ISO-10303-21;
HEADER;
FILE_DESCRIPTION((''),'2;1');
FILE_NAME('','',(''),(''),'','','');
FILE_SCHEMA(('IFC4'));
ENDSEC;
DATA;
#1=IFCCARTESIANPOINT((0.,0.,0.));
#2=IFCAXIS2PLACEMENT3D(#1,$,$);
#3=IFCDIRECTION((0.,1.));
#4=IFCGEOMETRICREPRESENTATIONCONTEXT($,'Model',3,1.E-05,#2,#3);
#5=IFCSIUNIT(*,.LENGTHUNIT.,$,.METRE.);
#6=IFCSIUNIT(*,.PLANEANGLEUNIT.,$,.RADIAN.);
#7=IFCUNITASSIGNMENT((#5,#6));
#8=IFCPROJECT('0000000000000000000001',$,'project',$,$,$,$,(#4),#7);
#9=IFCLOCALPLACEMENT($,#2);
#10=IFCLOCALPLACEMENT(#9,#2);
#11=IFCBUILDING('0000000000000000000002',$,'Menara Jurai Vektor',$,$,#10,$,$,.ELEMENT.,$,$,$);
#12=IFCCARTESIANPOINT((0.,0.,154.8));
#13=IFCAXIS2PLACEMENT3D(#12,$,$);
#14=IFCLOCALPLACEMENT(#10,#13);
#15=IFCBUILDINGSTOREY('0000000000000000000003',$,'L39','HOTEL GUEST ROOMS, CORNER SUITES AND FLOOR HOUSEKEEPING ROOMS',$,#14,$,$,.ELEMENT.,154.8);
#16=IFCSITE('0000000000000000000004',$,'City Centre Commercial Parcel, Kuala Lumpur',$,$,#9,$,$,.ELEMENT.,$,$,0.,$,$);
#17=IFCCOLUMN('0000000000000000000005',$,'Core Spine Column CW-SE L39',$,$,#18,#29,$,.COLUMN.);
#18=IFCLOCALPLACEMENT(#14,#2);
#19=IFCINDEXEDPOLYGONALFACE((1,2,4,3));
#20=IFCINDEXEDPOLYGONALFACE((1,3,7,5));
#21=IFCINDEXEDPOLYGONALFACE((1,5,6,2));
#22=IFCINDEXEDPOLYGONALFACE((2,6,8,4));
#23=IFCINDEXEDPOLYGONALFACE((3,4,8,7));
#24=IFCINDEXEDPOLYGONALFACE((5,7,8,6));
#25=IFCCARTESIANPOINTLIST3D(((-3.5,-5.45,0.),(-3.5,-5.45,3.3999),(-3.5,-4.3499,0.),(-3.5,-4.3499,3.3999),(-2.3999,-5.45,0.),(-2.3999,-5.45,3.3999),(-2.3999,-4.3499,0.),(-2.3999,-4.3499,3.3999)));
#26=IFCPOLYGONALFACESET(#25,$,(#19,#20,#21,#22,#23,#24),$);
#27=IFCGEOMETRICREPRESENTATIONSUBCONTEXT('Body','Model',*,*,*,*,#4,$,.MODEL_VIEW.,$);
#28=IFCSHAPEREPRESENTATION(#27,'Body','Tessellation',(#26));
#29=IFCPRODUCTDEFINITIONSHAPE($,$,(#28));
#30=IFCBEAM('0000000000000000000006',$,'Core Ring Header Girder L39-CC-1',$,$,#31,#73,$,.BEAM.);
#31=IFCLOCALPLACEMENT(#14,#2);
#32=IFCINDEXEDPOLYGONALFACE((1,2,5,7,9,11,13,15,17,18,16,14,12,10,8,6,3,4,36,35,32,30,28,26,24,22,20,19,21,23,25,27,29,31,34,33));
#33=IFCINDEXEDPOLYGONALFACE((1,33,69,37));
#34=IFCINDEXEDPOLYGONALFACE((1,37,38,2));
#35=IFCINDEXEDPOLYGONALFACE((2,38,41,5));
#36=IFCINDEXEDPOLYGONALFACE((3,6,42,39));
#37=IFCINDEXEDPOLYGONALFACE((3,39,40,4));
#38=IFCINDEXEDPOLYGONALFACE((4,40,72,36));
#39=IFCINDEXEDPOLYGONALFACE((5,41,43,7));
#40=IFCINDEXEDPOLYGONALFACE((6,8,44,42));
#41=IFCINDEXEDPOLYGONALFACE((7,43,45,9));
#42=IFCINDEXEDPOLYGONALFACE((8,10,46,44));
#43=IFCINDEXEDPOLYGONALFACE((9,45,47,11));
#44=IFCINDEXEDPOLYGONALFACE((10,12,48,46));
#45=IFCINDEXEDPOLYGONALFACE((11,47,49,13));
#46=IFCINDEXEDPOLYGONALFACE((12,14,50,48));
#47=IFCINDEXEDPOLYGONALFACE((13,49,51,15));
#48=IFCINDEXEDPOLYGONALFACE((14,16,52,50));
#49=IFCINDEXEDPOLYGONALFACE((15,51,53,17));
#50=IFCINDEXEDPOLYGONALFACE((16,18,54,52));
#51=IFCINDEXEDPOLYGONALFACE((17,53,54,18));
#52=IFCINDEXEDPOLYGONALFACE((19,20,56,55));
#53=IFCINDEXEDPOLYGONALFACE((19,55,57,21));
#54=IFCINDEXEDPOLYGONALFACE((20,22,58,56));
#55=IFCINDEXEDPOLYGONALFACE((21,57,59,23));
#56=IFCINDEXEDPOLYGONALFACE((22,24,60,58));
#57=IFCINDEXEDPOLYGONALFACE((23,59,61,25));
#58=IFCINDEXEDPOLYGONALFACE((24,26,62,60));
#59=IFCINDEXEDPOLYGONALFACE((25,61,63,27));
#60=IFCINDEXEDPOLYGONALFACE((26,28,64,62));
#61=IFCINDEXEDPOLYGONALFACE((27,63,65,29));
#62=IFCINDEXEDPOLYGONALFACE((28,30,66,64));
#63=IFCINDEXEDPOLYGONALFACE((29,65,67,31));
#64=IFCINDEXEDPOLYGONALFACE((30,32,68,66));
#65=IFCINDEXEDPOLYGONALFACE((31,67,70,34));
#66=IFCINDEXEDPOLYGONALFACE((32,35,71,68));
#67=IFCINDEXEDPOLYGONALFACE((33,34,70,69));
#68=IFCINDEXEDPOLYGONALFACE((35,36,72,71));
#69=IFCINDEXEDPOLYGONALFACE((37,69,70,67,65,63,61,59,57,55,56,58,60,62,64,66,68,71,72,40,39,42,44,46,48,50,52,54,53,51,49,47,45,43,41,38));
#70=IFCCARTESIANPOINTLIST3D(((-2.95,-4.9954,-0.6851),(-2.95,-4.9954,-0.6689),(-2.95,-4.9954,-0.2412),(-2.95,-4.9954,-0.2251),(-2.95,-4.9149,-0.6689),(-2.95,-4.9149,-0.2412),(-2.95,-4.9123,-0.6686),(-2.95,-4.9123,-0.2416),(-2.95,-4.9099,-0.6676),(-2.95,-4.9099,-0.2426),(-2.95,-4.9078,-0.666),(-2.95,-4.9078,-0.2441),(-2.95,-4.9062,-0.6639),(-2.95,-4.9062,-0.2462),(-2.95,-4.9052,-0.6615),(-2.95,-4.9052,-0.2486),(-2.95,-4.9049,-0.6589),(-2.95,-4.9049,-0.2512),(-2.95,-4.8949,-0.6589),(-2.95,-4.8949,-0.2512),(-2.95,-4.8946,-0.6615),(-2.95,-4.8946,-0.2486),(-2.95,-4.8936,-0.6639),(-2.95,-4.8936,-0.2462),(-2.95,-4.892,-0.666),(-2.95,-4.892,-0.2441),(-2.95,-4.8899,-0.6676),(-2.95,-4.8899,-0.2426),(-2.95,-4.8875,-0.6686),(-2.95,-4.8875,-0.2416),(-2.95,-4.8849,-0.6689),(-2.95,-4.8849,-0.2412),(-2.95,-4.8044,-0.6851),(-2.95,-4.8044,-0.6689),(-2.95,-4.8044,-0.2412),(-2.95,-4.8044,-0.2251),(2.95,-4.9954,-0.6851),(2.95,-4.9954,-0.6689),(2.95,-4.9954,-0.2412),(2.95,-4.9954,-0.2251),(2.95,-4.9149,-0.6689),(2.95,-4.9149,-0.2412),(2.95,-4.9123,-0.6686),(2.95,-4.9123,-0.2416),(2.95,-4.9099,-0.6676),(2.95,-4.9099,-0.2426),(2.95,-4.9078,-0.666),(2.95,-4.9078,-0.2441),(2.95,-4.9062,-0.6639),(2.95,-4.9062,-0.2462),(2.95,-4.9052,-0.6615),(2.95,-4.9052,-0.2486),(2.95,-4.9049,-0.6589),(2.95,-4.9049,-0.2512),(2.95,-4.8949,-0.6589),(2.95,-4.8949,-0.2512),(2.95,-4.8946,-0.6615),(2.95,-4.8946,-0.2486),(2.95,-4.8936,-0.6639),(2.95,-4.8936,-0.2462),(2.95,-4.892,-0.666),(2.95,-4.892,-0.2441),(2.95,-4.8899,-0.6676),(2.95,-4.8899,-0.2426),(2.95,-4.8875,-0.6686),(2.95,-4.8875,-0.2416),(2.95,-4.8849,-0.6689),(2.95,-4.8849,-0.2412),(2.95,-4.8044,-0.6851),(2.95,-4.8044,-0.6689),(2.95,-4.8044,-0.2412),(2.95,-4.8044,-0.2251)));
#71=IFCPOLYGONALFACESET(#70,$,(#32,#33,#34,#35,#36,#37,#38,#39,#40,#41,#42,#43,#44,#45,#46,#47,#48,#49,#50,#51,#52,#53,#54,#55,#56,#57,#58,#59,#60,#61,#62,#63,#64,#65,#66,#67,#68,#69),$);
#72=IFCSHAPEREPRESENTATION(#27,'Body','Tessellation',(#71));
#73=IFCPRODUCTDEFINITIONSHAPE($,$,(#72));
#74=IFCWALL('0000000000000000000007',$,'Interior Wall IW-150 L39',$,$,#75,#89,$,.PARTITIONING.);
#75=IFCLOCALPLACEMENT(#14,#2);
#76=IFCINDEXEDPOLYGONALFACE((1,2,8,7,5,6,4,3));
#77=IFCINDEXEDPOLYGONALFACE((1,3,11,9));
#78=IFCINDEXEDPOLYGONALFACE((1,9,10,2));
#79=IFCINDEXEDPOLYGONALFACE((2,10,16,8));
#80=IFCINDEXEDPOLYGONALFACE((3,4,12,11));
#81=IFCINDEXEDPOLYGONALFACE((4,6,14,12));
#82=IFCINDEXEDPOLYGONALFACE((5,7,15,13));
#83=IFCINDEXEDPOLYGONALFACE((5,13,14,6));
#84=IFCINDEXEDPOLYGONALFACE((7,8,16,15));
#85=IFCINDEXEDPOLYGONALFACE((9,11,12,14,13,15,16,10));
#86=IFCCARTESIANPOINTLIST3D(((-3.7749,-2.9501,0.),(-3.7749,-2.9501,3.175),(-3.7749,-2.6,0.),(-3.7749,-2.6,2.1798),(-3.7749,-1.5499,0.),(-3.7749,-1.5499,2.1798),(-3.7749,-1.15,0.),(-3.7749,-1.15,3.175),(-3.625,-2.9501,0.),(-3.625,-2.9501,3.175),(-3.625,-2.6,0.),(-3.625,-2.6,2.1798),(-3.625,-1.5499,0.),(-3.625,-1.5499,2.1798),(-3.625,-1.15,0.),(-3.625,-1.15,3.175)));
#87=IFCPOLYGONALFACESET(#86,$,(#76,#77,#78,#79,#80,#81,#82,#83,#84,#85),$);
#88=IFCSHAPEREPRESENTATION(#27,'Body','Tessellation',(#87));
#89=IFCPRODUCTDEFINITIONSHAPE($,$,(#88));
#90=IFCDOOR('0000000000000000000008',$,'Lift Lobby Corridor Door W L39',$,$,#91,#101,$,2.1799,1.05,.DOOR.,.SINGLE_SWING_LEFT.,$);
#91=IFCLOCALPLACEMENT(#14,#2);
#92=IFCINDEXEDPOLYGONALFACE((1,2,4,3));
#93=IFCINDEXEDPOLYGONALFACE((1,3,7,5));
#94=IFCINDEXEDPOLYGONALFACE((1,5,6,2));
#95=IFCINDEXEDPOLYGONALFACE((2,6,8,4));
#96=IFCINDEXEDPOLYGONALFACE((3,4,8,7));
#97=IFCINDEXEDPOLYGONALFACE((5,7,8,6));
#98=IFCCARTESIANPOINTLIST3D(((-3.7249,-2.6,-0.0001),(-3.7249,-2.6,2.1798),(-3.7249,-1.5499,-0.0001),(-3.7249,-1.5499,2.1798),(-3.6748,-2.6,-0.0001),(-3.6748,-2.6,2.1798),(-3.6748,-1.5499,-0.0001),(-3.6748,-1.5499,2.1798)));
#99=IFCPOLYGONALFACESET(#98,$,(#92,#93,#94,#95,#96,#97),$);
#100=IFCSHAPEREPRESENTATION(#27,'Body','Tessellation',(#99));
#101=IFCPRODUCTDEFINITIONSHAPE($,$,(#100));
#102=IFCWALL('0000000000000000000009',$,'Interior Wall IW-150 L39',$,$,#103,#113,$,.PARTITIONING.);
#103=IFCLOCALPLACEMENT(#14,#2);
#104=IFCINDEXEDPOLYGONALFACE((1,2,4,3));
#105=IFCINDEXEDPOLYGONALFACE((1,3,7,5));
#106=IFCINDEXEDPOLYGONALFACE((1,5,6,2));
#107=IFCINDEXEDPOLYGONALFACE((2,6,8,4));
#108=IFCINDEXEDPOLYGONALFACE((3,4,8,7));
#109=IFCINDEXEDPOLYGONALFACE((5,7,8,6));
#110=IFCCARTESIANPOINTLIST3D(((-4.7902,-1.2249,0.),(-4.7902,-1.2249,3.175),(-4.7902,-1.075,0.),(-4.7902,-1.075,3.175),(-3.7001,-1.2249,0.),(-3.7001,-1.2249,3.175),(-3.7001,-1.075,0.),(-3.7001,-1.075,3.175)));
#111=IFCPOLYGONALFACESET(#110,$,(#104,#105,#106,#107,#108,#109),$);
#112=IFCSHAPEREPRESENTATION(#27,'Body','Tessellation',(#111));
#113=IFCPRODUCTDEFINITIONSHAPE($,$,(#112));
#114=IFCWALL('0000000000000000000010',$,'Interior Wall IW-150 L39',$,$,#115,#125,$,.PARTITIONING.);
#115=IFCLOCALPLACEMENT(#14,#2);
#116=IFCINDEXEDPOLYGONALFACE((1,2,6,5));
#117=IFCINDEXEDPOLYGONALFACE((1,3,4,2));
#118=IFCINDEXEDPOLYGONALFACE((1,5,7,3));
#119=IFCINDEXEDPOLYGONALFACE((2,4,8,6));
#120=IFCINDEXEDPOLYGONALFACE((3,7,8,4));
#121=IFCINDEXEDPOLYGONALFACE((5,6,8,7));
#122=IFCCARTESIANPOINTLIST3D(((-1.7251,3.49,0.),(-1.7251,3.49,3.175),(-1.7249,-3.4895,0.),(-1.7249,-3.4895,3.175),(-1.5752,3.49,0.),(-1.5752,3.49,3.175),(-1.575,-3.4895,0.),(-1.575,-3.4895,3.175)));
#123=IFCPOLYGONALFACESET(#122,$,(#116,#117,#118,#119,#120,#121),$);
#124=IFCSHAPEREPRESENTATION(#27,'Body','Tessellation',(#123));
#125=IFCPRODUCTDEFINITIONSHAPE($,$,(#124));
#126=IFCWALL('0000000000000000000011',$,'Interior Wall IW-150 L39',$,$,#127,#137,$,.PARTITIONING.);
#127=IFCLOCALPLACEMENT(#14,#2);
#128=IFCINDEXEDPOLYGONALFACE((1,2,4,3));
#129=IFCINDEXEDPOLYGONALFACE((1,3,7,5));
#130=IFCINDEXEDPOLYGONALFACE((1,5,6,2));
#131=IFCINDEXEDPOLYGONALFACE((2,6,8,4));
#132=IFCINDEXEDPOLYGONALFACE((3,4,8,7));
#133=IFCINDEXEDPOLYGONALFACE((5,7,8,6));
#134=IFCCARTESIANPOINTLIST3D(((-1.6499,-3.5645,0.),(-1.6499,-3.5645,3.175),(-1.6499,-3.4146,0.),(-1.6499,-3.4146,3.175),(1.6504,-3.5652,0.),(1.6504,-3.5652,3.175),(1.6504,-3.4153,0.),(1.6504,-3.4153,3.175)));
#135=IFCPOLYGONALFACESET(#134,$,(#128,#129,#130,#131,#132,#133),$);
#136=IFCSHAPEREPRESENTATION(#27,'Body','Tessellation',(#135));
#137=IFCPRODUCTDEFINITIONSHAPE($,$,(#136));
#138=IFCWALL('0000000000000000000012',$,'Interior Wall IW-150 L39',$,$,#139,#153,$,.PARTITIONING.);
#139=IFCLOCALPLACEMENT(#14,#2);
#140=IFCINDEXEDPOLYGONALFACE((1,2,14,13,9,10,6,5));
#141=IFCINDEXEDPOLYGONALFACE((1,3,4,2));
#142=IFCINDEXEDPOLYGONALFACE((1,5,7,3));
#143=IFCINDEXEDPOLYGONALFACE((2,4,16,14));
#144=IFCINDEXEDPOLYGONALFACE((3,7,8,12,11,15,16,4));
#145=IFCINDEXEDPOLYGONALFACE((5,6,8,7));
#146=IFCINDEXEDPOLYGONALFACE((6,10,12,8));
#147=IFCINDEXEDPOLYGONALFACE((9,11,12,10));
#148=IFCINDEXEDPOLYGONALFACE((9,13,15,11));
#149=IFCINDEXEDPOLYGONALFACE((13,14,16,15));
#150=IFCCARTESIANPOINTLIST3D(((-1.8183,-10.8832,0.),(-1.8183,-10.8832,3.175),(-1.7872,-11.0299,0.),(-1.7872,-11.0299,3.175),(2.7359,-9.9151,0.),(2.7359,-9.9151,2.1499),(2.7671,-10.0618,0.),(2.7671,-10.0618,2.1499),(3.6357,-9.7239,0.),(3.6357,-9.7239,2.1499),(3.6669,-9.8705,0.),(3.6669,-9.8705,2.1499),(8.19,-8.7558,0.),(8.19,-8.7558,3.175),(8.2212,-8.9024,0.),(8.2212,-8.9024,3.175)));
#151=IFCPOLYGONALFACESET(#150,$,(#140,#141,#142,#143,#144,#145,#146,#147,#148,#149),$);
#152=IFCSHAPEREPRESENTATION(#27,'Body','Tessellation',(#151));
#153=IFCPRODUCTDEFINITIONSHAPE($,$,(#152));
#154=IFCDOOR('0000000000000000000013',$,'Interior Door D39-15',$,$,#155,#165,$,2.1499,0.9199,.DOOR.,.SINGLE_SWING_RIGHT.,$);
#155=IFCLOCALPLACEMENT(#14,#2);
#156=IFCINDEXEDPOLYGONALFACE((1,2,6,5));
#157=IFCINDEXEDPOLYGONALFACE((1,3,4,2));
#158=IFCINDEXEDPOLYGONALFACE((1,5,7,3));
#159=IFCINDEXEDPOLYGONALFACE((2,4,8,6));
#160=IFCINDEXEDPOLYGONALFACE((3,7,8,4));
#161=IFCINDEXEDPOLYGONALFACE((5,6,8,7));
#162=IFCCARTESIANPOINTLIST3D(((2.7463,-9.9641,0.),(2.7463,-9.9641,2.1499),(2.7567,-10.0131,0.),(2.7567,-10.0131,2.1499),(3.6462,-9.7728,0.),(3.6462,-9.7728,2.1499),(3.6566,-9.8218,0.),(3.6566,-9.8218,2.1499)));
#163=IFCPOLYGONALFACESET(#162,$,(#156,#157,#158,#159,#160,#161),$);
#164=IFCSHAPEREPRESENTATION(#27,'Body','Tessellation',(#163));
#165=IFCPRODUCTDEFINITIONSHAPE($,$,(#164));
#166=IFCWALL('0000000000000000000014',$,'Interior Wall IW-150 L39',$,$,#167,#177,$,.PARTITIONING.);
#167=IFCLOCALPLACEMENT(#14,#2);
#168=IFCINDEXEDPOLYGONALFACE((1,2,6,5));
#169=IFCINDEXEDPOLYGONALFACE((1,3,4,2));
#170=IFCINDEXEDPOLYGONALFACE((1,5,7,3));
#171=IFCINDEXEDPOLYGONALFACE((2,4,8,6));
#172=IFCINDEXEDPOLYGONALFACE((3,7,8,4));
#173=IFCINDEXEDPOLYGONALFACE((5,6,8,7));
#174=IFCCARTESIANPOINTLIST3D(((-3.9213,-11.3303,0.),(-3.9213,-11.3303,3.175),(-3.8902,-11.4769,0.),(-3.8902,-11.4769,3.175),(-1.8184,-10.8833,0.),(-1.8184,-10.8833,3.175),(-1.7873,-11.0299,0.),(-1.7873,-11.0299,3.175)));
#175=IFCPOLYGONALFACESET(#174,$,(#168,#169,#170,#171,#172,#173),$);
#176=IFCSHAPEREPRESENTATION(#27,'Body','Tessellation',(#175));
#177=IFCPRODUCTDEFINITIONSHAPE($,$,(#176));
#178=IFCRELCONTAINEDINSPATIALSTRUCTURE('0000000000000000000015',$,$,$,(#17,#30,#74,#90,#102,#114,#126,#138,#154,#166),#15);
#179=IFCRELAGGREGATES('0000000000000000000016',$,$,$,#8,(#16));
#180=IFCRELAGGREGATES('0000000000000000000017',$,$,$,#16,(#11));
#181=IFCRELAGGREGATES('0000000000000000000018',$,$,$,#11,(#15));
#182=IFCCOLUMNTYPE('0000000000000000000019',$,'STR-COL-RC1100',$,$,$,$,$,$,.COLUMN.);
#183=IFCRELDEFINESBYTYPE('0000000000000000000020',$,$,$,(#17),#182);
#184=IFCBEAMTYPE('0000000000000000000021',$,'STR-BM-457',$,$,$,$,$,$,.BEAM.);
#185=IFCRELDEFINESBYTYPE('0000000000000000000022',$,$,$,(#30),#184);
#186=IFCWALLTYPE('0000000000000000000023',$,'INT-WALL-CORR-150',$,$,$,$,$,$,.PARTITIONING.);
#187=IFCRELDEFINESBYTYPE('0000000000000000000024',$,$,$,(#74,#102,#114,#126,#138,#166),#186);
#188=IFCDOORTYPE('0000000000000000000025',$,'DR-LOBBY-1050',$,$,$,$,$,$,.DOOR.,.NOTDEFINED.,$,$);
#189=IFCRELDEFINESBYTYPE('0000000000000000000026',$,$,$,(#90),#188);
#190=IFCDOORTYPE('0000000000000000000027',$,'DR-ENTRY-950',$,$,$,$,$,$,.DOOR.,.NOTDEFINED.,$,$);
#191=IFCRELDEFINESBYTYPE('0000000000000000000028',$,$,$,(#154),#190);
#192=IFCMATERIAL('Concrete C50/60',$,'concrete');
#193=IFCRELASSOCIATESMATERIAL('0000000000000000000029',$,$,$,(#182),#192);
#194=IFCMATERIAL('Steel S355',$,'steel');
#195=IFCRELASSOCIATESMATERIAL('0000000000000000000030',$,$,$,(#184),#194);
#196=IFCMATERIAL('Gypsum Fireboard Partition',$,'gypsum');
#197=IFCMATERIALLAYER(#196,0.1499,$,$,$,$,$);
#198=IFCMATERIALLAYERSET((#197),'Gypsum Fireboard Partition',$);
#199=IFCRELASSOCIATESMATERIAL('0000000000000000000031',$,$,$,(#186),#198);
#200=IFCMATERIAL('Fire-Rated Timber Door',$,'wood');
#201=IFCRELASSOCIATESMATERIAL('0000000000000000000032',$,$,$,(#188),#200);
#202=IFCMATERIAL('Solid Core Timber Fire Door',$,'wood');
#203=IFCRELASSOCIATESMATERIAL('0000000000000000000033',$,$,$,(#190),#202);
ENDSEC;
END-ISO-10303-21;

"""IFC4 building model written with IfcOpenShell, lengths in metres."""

from ifc_helpers import new_model, si_unit, direction, frame, frame_2d, origin, origin_2d, place, context, subcontext, project, spatial, rectangle, i_section, extrude, material, layer, layer_set, material_profile, profile_set, type_object, element, fill, save


model = new_model("IFC4")

# Units and contexts
model_context = context("Model", 3, precision=1e-05, world=origin(), true_north=direction((0.0, 1.0)))
body_context = subcontext(model_context, "Body", "Model", "MODEL_VIEW")
ifc_project = project(units=[si_unit("LENGTHUNIT", "METRE"), si_unit("PLANEANGLEUNIT", "RADIAN")], contexts=[model_context])

# Site, building, storey
site_placement = place(None, origin())
site = spatial("IfcSite", under=ifc_project, at=site_placement, Name="City Centre Commercial Parcel, Kuala Lumpur", CompositionType="ELEMENT", RefElevation=0.0)
building_placement = place(site_placement, origin())
building = spatial("IfcBuilding", under=site, at=building_placement, Name="Menara Jurai Vektor", CompositionType="ELEMENT")
storey_placement = place(building_placement, frame((0.0, 0.0, 154.8)))
storey = spatial("IfcBuildingStorey", under=building, at=storey_placement, Name="L39", Description="HOTEL GUEST ROOMS, CORNER SUITES AND FLOOR HOUSEKEEPING ROOMS", CompositionType="ELEMENT", Elevation=154.8)

# Column
ifc_material_1 = material(Name="Concrete C50/60", Category="concrete")
ifc_material_profile_1 = material_profile(ifc_material_1, rectangle(XDim=1.1001, YDim=1.1001, at=origin_2d()), Name="RC 1100x1100")
ifc_profile_set_1 = profile_set([ifc_material_profile_1], Name="Concrete C50/60")
column_type = type_object("IfcColumnType", Name="STR-COL-RC1100", PredefinedType="COLUMN", material=ifc_profile_set_1)
column_placement = place(storey_placement, frame((-2.95, -4.8999, 0.0), z_axis=(0.0, 0.0, 1.0), x_axis=(1.0, 0.0, 0.0)))
element("IfcColumn", 1, at=column_placement, inside=storey, type_object=column_type, Name="Core Spine Column CW-SE L39", PredefinedType="COLUMN", context=body_context, shape_type="SweptSolid", body=[
    extrude(rectangle(XDim=1.1001, YDim=1.1001, at=origin_2d()), origin(), (0.0, 0.0, 1.0), 3.3999),
])

# Beam
ifc_material_2 = material(Name="Steel S355", Category="steel")
ifc_material_profile_2 = material_profile(ifc_material_2, i_section(OverallWidth=0.1909, OverallDepth=0.46, WebThickness=0.01, FlangeThickness=0.0161, FilletRadius=0.01, at=origin_2d()), Name="UKB 457x191x82")
ifc_profile_set_2 = profile_set([ifc_material_profile_2], Name="Steel S355")
beam_type = type_object("IfcBeamType", Name="STR-BM-457", PredefinedType="BEAM", material=ifc_profile_set_2)
beam_placement = place(storey_placement, frame((-2.95, -4.8999, -0.4551), z_axis=(1.0, 0.0, 0.0), x_axis=(0.0, 1.0, 0.0)))
element("IfcBeam", 2, at=beam_placement, inside=storey, type_object=beam_type, Name="Core Ring Header Girder L39-CC-1", PredefinedType="BEAM", context=body_context, shape_type="SweptSolid", body=[
    extrude(i_section(OverallWidth=0.1909, OverallDepth=0.46, WebThickness=0.01, FlangeThickness=0.0161, FilletRadius=0.01, at=origin_2d()), origin(), (0.0, 0.0, 1.0), 5.8999),
])

# Wall, opening, door
ifc_material_3 = material(Name="Gypsum Fireboard Partition", Category="gypsum")
ifc_layer_1 = layer(ifc_material_3, 0.1499)
ifc_layer_set_1 = layer_set([ifc_layer_1], Name="Gypsum Fireboard Partition")
wall_type_1 = type_object("IfcWallType", Name="INT-WALL-CORR-150", PredefinedType="PARTITIONING", material=ifc_layer_set_1)
wall_1_placement = place(storey_placement, frame((-3.7, -2.95, 0.0), z_axis=(0.0, 0.0, 1.0), x_axis=(0.0, 1.0, 0.0)))
wall_1 = element("IfcWall", 3, at=wall_1_placement, inside=storey, type_object=wall_type_1, Name="Interior Wall IW-150 L39", PredefinedType="PARTITIONING", context=body_context, shape_type="SweptSolid", body=[
    extrude(rectangle(XDim=1.8, YDim=0.1499, at=frame_2d((0.8999, 0.0))), origin(), (0.0, 0.0, 1.0), 3.175),
])
opening_1_placement = place(wall_1_placement, frame((0.3501, 0.0, 0.0)))
opening_1 = element("IfcOpeningElement", 4, at=opening_1_placement, cuts=wall_1, PredefinedType="OPENING", context=body_context, shape_type="SweptSolid", body=[
    extrude(rectangle(XDim=1.05, YDim=2.1799, at=frame_2d((0.5249, 1.0898))), frame((0.0, 0.085, 0.0), z_axis=(0.0, -1.0, 0.0), x_axis=(1.0, 0.0, 0.0)), (0.0, 0.0, 1.0), 0.1699),
])
ifc_material_4 = material(Name="Fire-Rated Timber Door", Category="wood")
door_type_1 = type_object("IfcDoorType", Name="DR-LOBBY-1050", OperationType="NOTDEFINED", PredefinedType="DOOR", material=ifc_material_4)
door_1_placement = place(opening_1_placement, origin())
door_1 = element("IfcDoor", 5, at=door_1_placement, inside=storey, type_object=door_type_1, Name="Lift Lobby Corridor Door W L39", OperationType="SINGLE_SWING_LEFT", OverallHeight=2.1799, OverallWidth=1.05, PredefinedType="DOOR", context=body_context, shape_type="SweptSolid", body=[
    extrude(rectangle(XDim=1.05, YDim=2.1799, at=frame_2d((0.5249, 1.0898))), frame((0.0, 0.0249, 0.0), z_axis=(0.0, -1.0, 0.0), x_axis=(1.0, 0.0, 0.0)), (0.0, 0.0, 1.0), 0.05),
])
fill(opening_1, door_1)

# Walls
wall_2_placement = place(storey_placement, frame((-4.79, -1.1499, 0.0), z_axis=(0.0, 0.0, 1.0), x_axis=(1.0, 0.0, 0.0)))
element("IfcWall", 6, at=wall_2_placement, inside=storey, type_object=wall_type_1, Name="Interior Wall IW-150 L39", PredefinedType="PARTITIONING", context=body_context, shape_type="SweptSolid", body=[
    extrude(rectangle(XDim=1.0901, YDim=0.1499, at=frame_2d((0.5449, 0.0))), origin(), (0.0, 0.0, 1.0), 3.175),
])
wall_3_placement = place(storey_placement, frame((-1.6499, -3.4895, 0.0), z_axis=(0.0, 0.0, 1.0), x_axis=(-0.000035, 1.0, 0.0)))
element("IfcWall", 7, at=wall_3_placement, inside=storey, type_object=wall_type_1, Name="Interior Wall IW-150 L39", PredefinedType="PARTITIONING", context=body_context, shape_type="SweptSolid", body=[
    extrude(rectangle(XDim=6.9795, YDim=0.1499, at=frame_2d((3.4897, 0.0))), origin(), (0.0, 0.0, 1.0), 3.175),
])
wall_4_placement = place(storey_placement, frame((-1.6499, -3.4895, 0.0), z_axis=(0.0, 0.0, 1.0), x_axis=(1.0, -0.000222, 0.0)))
element("IfcWall", 8, at=wall_4_placement, inside=storey, type_object=wall_type_1, Name="Interior Wall IW-150 L39", PredefinedType="PARTITIONING", context=body_context, shape_type="SweptSolid", body=[
    extrude(rectangle(XDim=3.3003, YDim=0.1499, at=frame_2d((1.6501, 0.0))), origin(), (0.0, 0.0, 1.0), 3.175),
])

# Wall, opening, door
wall_5_placement = place(storey_placement, frame((-1.8027, -10.9565, 0.0), z_axis=(0.0, 0.0, 1.0), x_axis=(0.978145, 0.207922, 0.0)))
wall_5 = element("IfcWall", 9, at=wall_5_placement, inside=storey, type_object=wall_type_1, Name="Interior Wall IW-150 L39", PredefinedType="PARTITIONING", context=body_context, shape_type="SweptSolid", body=[
    extrude(rectangle(XDim=10.2319, YDim=0.1499, at=frame_2d((5.116, 0.0))), origin(), (0.0, 0.0, 1.0), 3.175),
])
opening_2_placement = place(wall_5_placement, frame((4.656, 0.0, 0.0)))
opening_2 = element("IfcOpeningElement", 10, at=opening_2_placement, cuts=wall_5, PredefinedType="OPENING", context=body_context, shape_type="SweptSolid", body=[
    extrude(rectangle(XDim=0.9199, YDim=2.1499, at=frame_2d((0.46, 1.075))), frame((0.0, 0.085, 0.0), z_axis=(0.0, -1.0, 0.0), x_axis=(1.0, 0.0, 0.0)), (0.0, 0.0, 1.0), 0.1699),
])
ifc_material_5 = material(Name="Solid Core Timber Fire Door", Category="wood")
door_type_2 = type_object("IfcDoorType", Name="DR-ENTRY-950", OperationType="NOTDEFINED", PredefinedType="DOOR", material=ifc_material_5)
door_2_placement = place(opening_2_placement, origin())
door_2 = element("IfcDoor", 11, at=door_2_placement, inside=storey, type_object=door_type_2, Name="Interior Door D39-15", OperationType="SINGLE_SWING_RIGHT", OverallHeight=2.1499, OverallWidth=0.9199, PredefinedType="DOOR", context=body_context, shape_type="SweptSolid", body=[
    extrude(rectangle(XDim=0.9199, YDim=2.1499, at=frame_2d((0.46, 1.075))), frame((0.0, 0.0249, 0.0), z_axis=(0.0, -1.0, 0.0), x_axis=(1.0, 0.0, 0.0)), (0.0, 0.0, 1.0), 0.05),
])
fill(opening_2, door_2)

# Wall
wall_6_placement = place(storey_placement, frame((-3.9058, -11.4036, 0.0), z_axis=(0.0, 0.0, 1.0), x_axis=(0.978147, 0.207916, 0.0)))
element("IfcWall", 12, at=wall_6_placement, inside=storey, type_object=wall_type_1, Name="Interior Wall IW-150 L39", PredefinedType="PARTITIONING", context=body_context, shape_type="SweptSolid", body=[
    extrude(rectangle(XDim=2.1499, YDim=0.1499, at=frame_2d((1.075, 0.0))), origin(), (0.0, 0.0, 1.0), 3.175),
])

save(model, "model.ifc")
